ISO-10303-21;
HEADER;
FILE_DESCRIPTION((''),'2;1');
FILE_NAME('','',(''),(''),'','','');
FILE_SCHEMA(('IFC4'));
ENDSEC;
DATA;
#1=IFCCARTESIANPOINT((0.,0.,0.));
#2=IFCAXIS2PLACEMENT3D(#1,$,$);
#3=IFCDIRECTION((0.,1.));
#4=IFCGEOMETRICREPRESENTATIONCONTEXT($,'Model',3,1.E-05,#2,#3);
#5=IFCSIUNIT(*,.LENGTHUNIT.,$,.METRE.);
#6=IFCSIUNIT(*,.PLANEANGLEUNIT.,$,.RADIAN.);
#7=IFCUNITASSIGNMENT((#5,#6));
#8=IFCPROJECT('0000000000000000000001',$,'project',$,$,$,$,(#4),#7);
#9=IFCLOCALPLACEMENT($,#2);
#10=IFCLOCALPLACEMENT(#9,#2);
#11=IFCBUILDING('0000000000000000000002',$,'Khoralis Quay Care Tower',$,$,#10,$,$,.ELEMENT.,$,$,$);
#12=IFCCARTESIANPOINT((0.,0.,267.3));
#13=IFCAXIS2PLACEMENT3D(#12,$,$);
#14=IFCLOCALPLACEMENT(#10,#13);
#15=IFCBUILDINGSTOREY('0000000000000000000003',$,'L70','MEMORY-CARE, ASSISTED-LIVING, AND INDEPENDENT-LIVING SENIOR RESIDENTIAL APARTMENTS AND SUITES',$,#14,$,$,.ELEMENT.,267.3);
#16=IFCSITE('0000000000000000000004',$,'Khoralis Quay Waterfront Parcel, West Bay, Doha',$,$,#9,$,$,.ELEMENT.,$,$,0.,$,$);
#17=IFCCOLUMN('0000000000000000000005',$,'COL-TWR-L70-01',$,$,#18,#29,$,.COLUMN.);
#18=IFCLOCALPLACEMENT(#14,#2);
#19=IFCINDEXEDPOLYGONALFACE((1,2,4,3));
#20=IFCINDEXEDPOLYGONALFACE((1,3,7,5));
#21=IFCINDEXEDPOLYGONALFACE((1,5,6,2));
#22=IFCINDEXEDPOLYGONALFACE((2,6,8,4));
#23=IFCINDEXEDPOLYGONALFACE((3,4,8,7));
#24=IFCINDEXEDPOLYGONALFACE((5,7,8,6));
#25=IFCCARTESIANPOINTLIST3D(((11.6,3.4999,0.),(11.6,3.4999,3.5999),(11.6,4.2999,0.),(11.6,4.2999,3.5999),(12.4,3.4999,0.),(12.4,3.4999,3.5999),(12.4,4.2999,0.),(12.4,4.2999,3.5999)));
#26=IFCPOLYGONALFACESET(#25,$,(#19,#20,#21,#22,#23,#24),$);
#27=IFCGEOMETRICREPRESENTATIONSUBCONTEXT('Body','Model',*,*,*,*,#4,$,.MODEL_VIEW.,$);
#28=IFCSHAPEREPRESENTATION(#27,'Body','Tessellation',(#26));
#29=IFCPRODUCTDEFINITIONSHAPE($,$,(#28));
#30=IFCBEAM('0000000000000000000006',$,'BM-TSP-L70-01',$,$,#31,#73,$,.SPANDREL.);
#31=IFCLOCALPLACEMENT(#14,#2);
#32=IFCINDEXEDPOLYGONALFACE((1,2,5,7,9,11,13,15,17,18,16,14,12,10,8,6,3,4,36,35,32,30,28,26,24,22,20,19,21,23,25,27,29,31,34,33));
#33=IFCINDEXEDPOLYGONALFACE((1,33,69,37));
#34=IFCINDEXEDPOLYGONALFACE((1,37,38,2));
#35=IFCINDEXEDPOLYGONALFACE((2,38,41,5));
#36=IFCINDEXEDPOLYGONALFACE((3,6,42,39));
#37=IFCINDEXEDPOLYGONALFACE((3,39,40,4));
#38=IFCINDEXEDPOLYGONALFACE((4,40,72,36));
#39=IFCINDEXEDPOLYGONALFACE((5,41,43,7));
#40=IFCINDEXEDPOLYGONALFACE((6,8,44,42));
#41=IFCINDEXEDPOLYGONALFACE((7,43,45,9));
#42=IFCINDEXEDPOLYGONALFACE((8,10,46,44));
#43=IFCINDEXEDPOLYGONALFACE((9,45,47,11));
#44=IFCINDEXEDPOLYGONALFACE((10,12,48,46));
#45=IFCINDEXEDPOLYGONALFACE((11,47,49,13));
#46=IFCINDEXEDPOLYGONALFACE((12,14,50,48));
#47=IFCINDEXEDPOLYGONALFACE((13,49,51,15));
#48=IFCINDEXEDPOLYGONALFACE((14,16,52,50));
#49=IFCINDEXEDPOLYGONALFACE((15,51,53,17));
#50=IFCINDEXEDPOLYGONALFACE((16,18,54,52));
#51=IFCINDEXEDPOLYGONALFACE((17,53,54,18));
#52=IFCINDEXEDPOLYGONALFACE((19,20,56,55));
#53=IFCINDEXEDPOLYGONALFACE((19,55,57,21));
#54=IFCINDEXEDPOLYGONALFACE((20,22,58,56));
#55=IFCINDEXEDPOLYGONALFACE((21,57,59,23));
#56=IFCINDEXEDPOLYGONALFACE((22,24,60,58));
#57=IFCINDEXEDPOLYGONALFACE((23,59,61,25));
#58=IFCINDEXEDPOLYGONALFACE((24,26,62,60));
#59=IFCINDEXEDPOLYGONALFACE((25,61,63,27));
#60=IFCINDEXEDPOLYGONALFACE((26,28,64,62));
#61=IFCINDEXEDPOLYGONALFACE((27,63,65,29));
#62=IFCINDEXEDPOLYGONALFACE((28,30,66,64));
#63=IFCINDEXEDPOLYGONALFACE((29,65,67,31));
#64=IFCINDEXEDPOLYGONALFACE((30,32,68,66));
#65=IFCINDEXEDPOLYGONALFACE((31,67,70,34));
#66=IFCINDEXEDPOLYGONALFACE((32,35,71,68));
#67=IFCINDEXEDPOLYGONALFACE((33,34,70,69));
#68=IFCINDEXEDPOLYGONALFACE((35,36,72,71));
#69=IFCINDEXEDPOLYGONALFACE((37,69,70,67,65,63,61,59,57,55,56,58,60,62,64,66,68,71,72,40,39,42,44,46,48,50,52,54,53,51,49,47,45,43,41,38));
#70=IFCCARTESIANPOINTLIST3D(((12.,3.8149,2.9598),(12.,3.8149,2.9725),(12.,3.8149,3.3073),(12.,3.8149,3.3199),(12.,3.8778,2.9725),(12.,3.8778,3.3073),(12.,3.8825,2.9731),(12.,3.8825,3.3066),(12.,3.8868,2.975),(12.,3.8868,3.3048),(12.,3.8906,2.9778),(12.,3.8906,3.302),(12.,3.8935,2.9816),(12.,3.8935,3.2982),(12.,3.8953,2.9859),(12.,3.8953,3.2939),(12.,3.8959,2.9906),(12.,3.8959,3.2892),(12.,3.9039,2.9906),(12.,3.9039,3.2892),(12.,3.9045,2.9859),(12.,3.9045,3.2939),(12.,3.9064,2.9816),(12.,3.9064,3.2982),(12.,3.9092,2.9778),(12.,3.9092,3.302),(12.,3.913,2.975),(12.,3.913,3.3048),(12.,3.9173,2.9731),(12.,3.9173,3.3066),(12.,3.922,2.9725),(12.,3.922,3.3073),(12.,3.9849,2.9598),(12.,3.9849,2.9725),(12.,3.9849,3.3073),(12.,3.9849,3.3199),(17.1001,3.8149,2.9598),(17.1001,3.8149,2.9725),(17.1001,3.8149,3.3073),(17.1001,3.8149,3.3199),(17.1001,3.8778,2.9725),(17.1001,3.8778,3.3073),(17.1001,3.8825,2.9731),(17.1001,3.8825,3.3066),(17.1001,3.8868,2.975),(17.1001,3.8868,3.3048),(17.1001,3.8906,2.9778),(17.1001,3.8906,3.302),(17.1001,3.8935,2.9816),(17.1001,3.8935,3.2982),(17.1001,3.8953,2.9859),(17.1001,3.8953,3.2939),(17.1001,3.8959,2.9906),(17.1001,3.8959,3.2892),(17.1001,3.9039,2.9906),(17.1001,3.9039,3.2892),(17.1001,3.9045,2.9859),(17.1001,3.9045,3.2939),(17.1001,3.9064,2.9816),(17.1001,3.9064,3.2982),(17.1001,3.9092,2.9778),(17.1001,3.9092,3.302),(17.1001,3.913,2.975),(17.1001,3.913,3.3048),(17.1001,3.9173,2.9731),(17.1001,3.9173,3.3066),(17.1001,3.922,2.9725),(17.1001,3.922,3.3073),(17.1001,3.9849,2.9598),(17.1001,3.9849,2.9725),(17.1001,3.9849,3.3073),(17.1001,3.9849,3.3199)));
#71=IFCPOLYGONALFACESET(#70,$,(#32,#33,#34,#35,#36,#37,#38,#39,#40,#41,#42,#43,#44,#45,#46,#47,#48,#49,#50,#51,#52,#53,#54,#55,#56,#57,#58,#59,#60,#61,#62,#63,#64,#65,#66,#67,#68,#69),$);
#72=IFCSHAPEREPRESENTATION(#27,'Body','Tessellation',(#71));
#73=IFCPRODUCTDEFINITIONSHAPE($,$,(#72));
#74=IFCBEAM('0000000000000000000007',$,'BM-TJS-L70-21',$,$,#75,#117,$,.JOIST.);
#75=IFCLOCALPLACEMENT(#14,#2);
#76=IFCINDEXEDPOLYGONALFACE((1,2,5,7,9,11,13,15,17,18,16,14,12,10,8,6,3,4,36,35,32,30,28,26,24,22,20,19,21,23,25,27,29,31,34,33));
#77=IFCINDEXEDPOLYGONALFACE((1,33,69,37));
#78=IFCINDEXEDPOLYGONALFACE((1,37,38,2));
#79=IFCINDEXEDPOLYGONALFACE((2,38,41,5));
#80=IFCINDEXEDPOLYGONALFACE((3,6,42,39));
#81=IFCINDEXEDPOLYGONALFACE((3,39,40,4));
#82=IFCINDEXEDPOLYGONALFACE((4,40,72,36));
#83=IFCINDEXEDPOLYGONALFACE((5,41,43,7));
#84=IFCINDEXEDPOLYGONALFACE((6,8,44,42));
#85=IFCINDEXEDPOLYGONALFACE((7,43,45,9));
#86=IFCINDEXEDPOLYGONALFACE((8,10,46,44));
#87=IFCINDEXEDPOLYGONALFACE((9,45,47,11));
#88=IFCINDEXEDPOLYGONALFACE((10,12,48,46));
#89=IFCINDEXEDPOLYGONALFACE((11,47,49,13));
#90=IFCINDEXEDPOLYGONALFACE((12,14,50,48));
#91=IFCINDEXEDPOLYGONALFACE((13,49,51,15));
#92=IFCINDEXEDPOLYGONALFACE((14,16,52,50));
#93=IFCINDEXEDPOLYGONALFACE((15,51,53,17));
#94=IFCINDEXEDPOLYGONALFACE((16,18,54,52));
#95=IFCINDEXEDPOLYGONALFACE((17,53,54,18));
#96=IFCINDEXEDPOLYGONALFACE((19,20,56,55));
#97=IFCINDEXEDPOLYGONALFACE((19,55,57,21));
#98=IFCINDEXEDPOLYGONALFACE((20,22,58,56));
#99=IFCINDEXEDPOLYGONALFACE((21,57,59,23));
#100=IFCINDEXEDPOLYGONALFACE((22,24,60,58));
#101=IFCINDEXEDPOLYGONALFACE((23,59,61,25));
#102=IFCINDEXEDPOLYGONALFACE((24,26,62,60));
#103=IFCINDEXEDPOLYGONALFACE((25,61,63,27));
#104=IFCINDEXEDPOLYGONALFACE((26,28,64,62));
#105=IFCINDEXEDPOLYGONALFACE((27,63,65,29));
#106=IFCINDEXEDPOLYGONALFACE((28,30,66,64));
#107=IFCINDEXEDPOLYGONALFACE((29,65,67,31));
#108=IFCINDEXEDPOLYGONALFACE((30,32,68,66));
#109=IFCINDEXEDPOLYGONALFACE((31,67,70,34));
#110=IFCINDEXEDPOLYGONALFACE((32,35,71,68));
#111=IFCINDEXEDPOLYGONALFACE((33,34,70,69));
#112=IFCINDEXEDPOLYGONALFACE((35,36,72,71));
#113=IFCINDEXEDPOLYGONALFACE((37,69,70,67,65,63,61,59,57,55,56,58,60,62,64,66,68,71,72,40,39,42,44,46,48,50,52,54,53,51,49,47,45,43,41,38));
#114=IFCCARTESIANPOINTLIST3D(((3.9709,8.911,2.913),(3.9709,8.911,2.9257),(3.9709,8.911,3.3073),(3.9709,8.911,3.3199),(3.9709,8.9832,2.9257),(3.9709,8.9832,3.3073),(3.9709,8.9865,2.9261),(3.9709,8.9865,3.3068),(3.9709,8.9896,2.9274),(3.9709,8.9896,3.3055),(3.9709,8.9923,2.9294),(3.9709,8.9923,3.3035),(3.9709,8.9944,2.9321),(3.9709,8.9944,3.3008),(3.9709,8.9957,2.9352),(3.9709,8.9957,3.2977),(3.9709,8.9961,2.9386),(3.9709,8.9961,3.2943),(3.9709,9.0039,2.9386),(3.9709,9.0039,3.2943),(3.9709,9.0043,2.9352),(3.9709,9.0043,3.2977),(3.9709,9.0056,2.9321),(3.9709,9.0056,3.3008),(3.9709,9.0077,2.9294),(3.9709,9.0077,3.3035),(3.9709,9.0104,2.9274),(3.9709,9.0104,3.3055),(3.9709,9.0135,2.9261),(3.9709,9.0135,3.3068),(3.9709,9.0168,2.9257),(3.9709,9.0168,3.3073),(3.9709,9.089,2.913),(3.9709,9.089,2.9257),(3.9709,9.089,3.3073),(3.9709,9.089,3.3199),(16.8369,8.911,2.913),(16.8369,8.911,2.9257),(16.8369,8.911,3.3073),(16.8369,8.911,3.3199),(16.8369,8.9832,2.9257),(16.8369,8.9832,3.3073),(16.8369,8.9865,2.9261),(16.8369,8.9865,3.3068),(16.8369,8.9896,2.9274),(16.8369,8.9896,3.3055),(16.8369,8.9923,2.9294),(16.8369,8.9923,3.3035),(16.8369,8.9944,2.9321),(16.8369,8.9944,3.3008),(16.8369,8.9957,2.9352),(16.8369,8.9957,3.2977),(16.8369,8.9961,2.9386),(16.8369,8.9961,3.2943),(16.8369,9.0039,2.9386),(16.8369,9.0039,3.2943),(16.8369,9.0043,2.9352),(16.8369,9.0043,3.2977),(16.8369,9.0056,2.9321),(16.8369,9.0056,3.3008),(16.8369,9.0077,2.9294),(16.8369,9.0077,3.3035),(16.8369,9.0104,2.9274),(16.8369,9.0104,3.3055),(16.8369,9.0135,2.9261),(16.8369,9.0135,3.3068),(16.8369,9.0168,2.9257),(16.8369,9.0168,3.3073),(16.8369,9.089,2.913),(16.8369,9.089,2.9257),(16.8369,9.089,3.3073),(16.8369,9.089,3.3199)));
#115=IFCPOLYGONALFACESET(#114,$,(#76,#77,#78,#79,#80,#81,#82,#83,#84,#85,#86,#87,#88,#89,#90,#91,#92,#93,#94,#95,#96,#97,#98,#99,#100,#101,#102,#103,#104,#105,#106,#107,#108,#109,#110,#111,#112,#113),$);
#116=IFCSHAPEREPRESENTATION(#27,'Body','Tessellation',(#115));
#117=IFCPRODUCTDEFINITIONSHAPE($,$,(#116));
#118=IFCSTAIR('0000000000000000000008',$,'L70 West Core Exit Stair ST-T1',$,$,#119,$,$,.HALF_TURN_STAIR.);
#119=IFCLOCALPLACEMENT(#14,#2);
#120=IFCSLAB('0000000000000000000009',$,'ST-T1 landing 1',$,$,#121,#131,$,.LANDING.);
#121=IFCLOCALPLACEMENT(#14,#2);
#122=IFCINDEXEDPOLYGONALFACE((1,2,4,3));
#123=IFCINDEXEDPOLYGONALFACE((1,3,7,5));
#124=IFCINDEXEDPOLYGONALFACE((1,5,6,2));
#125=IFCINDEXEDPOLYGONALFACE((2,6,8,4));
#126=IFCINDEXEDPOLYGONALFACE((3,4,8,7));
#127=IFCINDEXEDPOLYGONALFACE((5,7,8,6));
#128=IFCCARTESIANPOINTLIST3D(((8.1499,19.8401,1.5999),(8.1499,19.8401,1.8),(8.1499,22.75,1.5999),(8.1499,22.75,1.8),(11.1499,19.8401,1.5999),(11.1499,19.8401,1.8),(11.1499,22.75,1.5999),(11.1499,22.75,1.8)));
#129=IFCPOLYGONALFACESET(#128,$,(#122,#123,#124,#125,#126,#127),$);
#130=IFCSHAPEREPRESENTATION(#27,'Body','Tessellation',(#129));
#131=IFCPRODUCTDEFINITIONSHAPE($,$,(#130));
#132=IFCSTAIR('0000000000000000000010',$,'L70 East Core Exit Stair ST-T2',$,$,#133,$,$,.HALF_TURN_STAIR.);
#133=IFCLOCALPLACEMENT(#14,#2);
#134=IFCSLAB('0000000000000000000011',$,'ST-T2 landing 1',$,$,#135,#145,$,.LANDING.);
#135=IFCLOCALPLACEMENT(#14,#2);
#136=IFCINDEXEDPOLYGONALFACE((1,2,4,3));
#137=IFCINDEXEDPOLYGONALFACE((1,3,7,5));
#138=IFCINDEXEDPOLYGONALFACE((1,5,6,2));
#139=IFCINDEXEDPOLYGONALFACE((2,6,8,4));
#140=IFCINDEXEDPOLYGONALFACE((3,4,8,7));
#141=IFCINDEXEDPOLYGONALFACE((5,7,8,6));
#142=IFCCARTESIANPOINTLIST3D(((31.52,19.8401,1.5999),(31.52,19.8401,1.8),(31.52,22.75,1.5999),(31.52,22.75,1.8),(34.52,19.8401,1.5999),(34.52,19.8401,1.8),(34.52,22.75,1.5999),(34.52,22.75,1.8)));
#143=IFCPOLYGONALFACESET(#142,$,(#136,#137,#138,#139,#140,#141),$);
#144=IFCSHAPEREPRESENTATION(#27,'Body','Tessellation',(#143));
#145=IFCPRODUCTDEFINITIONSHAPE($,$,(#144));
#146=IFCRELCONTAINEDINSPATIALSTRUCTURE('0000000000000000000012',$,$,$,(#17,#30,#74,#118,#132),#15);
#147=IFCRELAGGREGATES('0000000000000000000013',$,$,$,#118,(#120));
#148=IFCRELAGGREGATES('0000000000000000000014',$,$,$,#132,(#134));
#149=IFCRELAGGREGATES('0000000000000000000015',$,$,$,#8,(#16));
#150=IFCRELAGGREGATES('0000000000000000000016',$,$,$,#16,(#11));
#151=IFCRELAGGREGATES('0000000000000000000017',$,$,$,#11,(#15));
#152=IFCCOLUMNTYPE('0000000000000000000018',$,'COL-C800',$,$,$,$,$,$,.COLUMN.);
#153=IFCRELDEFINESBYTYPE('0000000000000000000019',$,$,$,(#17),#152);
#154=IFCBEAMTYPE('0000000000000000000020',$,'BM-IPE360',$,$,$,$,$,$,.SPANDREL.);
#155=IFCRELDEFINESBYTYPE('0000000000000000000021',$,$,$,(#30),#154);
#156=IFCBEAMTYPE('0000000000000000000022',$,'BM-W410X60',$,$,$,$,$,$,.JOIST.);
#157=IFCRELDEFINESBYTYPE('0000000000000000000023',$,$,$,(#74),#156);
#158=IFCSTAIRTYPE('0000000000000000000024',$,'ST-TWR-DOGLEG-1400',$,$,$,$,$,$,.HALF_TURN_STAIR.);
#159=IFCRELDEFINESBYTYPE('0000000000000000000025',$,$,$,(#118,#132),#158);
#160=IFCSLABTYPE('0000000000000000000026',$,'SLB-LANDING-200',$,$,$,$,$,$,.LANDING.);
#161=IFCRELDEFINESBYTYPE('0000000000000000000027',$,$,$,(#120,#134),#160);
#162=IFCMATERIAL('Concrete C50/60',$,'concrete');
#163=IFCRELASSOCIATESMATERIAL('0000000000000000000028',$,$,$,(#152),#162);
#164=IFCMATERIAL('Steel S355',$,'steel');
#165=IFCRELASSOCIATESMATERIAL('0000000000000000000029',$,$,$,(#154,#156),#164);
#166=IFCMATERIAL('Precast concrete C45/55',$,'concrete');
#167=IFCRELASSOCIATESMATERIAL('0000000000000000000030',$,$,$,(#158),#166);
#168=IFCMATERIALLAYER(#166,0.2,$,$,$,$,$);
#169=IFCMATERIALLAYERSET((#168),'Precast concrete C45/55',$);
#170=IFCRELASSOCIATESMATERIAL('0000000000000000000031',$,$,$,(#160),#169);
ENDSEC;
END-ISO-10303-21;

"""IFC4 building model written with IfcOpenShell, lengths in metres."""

from ifc_helpers import new_model, si_unit, direction, frame, origin, origin_2d, place, context, subcontext, project, spatial, polyline, rectangle, i_section, outline, extrude, source, transform, mapped, material, layer, layer_set, material_profile, profile_set, type_object, element, aggregate, save


model = new_model("IFC4")

# Units and contexts
model_context = context("Model", 3, precision=1e-05, world=origin(), true_north=direction((0.0, 1.0)))
body_context = subcontext(model_context, "Body", "Model", "MODEL_VIEW")
ifc_project = project(units=[si_unit("LENGTHUNIT", "METRE"), si_unit("PLANEANGLEUNIT", "RADIAN")], contexts=[model_context])

# Site, building, storey
site_placement = place(None, origin())
site = spatial("IfcSite", under=ifc_project, at=site_placement, Name="Khoralis Quay Waterfront Parcel, West Bay, Doha", CompositionType="ELEMENT", RefElevation=0.0)
building_placement = place(site_placement, origin())
building = spatial("IfcBuilding", under=site, at=building_placement, Name="Khoralis Quay Care Tower", CompositionType="ELEMENT")
storey_placement = place(building_placement, frame((0.0, 0.0, 267.3)))
storey = spatial("IfcBuildingStorey", under=building, at=storey_placement, Name="L70", Description="MEMORY-CARE, ASSISTED-LIVING, AND INDEPENDENT-LIVING SENIOR RESIDENTIAL APARTMENTS AND SUITES", CompositionType="ELEMENT", Elevation=267.3)

# Column
ifc_material_1 = material(Name="Concrete C50/60", Category="concrete")
ifc_material_profile_1 = material_profile(ifc_material_1, rectangle(XDim=0.8, YDim=0.8, at=origin_2d()), Name="Concrete C50/60")
ifc_profile_set_1 = profile_set([ifc_material_profile_1], Name="Concrete C50/60")
column_type = type_object("IfcColumnType", Name="COL-C800", PredefinedType="COLUMN", material=ifc_profile_set_1)
shared_shape_1 = source(origin(), body_context, "Body", "SweptSolid", [
    extrude(rectangle(XDim=0.8, YDim=0.8, at=origin_2d()), origin(), (0.0, 0.0, 1.0), 3.5999),
])
column_placement = place(storey_placement, frame((12.0, 3.8999, 0.0), z_axis=(0.0, 0.0, 1.0), x_axis=(1.0, 0.0, 0.0)))
element("IfcColumn", 1, at=column_placement, inside=storey, type_object=column_type, Name="COL-TWR-L70-01", PredefinedType="COLUMN", context=body_context, shape_type="MappedRepresentation", body=[
    mapped(shared_shape_1, transform((0.0, 0.0, 0.0), scale=1.0)),
])

# Beams
ifc_material_2 = material(Name="Steel S355", Category="steel")
ifc_material_profile_2 = material_profile(ifc_material_2, i_section(OverallWidth=0.1699, OverallDepth=0.3601, WebThickness=0.0081, FlangeThickness=0.0127, FilletRadius=0.0181, at=origin_2d()), Name="Steel S355")
ifc_profile_set_2 = profile_set([ifc_material_profile_2], Name="Steel S355")
beam_type_1 = type_object("IfcBeamType", Name="BM-IPE360", PredefinedType="SPANDREL", material=ifc_profile_set_2)
shared_shape_2 = source(origin(), body_context, "Body", "SweptSolid", [
    extrude(i_section(OverallWidth=0.1699, OverallDepth=0.3601, WebThickness=0.0081, FlangeThickness=0.0127, FilletRadius=0.0181, at=origin_2d()), origin(), (0.0, 0.0, 1.0), 5.1001),
])
beam_1_placement = place(storey_placement, frame((12.0, 3.8999, 3.1399), z_axis=(1.0, 0.0, 0.0), x_axis=(0.0, 1.0, 0.0)))
element("IfcBeam", 2, at=beam_1_placement, inside=storey, type_object=beam_type_1, Name="BM-TSP-L70-01", PredefinedType="SPANDREL", context=body_context, shape_type="MappedRepresentation", body=[
    mapped(shared_shape_2, transform((0.0, 0.0, 0.0), scale=1.0)),
])
ifc_material_profile_3 = material_profile(ifc_material_2, i_section(OverallWidth=0.178, OverallDepth=0.407, WebThickness=0.0078, FlangeThickness=0.0127, FilletRadius=0.0129, at=origin_2d()), Name="Steel S355")
ifc_profile_set_3 = profile_set([ifc_material_profile_3], Name="Steel S355")
beam_type_2 = type_object("IfcBeamType", Name="BM-W410X60", PredefinedType="JOIST", material=ifc_profile_set_3)
shared_shape_3 = source(origin(), body_context, "Body", "SweptSolid", [
    extrude(i_section(OverallWidth=0.178, OverallDepth=0.407, WebThickness=0.0078, FlangeThickness=0.0127, FilletRadius=0.0129, at=origin_2d()), origin(), (0.0, 0.0, 1.0), 12.866),
])
beam_2_placement = place(storey_placement, frame((3.9709, 9.0, 3.1165), z_axis=(1.0, 0.0, 0.0), x_axis=(0.0, 1.0, 0.0)))
element("IfcBeam", 3, at=beam_2_placement, inside=storey, type_object=beam_type_2, Name="BM-TJS-L70-21", PredefinedType="JOIST", context=body_context, shape_type="MappedRepresentation", body=[
    mapped(shared_shape_3, transform((0.0, 0.0, 0.0), scale=1.0)),
])

# Stairs, slabs
ifc_material_3 = material(Name="Precast concrete C45/55", Category="concrete")
stair_type = type_object("IfcStairType", Name="ST-TWR-DOGLEG-1400", PredefinedType="HALF_TURN_STAIR", material=ifc_material_3)
stair_1_placement = place(storey_placement, origin())
stair_1 = element("IfcStair", 4, at=stair_1_placement, inside=storey, type_object=stair_type, Name="L70 West Core Exit Stair ST-T1", PredefinedType="HALF_TURN_STAIR")
ifc_layer_1 = layer(ifc_material_3, 0.2)
ifc_layer_set_1 = layer_set([ifc_layer_1], Name="Precast concrete C45/55")
slab_type_1 = type_object("IfcSlabType", Name="SLB-LANDING-200", PredefinedType="LANDING", material=ifc_layer_set_1)
slab_1_placement = place(storey_placement, frame((0.0, 0.0, 1.5999)))
slab_1 = element("IfcSlab", 5, at=slab_1_placement, type_object=slab_type_1, Name="ST-T1 landing 1", PredefinedType="LANDING", context=body_context, shape_type="SweptSolid", body=[
    extrude(outline(polyline([(11.1499, 19.8401), (11.1499, 22.75), (8.1499, 22.75), (8.1499, 19.8401), (11.1499, 19.8401)])), origin(), (0.0, 0.0, 1.0), 0.2002),
])
aggregate(stair_1, [slab_1])
stair_2_placement = place(storey_placement, origin())
stair_2 = element("IfcStair", 6, at=stair_2_placement, inside=storey, type_object=stair_type, Name="L70 East Core Exit Stair ST-T2", PredefinedType="HALF_TURN_STAIR")
slab_2_placement = place(storey_placement, frame((0.0, 0.0, 1.5999)))
slab_2 = element("IfcSlab", 7, at=slab_2_placement, type_object=slab_type_1, Name="ST-T2 landing 1", PredefinedType="LANDING", context=body_context, shape_type="SweptSolid", body=[
    extrude(outline(polyline([(34.52, 19.8401), (34.52, 22.75), (31.52, 22.75), (31.52, 19.8401), (34.52, 19.8401)])), origin(), (0.0, 0.0, 1.0), 0.2002),
])
aggregate(stair_2, [slab_2])

save(model, "model.ifc")
